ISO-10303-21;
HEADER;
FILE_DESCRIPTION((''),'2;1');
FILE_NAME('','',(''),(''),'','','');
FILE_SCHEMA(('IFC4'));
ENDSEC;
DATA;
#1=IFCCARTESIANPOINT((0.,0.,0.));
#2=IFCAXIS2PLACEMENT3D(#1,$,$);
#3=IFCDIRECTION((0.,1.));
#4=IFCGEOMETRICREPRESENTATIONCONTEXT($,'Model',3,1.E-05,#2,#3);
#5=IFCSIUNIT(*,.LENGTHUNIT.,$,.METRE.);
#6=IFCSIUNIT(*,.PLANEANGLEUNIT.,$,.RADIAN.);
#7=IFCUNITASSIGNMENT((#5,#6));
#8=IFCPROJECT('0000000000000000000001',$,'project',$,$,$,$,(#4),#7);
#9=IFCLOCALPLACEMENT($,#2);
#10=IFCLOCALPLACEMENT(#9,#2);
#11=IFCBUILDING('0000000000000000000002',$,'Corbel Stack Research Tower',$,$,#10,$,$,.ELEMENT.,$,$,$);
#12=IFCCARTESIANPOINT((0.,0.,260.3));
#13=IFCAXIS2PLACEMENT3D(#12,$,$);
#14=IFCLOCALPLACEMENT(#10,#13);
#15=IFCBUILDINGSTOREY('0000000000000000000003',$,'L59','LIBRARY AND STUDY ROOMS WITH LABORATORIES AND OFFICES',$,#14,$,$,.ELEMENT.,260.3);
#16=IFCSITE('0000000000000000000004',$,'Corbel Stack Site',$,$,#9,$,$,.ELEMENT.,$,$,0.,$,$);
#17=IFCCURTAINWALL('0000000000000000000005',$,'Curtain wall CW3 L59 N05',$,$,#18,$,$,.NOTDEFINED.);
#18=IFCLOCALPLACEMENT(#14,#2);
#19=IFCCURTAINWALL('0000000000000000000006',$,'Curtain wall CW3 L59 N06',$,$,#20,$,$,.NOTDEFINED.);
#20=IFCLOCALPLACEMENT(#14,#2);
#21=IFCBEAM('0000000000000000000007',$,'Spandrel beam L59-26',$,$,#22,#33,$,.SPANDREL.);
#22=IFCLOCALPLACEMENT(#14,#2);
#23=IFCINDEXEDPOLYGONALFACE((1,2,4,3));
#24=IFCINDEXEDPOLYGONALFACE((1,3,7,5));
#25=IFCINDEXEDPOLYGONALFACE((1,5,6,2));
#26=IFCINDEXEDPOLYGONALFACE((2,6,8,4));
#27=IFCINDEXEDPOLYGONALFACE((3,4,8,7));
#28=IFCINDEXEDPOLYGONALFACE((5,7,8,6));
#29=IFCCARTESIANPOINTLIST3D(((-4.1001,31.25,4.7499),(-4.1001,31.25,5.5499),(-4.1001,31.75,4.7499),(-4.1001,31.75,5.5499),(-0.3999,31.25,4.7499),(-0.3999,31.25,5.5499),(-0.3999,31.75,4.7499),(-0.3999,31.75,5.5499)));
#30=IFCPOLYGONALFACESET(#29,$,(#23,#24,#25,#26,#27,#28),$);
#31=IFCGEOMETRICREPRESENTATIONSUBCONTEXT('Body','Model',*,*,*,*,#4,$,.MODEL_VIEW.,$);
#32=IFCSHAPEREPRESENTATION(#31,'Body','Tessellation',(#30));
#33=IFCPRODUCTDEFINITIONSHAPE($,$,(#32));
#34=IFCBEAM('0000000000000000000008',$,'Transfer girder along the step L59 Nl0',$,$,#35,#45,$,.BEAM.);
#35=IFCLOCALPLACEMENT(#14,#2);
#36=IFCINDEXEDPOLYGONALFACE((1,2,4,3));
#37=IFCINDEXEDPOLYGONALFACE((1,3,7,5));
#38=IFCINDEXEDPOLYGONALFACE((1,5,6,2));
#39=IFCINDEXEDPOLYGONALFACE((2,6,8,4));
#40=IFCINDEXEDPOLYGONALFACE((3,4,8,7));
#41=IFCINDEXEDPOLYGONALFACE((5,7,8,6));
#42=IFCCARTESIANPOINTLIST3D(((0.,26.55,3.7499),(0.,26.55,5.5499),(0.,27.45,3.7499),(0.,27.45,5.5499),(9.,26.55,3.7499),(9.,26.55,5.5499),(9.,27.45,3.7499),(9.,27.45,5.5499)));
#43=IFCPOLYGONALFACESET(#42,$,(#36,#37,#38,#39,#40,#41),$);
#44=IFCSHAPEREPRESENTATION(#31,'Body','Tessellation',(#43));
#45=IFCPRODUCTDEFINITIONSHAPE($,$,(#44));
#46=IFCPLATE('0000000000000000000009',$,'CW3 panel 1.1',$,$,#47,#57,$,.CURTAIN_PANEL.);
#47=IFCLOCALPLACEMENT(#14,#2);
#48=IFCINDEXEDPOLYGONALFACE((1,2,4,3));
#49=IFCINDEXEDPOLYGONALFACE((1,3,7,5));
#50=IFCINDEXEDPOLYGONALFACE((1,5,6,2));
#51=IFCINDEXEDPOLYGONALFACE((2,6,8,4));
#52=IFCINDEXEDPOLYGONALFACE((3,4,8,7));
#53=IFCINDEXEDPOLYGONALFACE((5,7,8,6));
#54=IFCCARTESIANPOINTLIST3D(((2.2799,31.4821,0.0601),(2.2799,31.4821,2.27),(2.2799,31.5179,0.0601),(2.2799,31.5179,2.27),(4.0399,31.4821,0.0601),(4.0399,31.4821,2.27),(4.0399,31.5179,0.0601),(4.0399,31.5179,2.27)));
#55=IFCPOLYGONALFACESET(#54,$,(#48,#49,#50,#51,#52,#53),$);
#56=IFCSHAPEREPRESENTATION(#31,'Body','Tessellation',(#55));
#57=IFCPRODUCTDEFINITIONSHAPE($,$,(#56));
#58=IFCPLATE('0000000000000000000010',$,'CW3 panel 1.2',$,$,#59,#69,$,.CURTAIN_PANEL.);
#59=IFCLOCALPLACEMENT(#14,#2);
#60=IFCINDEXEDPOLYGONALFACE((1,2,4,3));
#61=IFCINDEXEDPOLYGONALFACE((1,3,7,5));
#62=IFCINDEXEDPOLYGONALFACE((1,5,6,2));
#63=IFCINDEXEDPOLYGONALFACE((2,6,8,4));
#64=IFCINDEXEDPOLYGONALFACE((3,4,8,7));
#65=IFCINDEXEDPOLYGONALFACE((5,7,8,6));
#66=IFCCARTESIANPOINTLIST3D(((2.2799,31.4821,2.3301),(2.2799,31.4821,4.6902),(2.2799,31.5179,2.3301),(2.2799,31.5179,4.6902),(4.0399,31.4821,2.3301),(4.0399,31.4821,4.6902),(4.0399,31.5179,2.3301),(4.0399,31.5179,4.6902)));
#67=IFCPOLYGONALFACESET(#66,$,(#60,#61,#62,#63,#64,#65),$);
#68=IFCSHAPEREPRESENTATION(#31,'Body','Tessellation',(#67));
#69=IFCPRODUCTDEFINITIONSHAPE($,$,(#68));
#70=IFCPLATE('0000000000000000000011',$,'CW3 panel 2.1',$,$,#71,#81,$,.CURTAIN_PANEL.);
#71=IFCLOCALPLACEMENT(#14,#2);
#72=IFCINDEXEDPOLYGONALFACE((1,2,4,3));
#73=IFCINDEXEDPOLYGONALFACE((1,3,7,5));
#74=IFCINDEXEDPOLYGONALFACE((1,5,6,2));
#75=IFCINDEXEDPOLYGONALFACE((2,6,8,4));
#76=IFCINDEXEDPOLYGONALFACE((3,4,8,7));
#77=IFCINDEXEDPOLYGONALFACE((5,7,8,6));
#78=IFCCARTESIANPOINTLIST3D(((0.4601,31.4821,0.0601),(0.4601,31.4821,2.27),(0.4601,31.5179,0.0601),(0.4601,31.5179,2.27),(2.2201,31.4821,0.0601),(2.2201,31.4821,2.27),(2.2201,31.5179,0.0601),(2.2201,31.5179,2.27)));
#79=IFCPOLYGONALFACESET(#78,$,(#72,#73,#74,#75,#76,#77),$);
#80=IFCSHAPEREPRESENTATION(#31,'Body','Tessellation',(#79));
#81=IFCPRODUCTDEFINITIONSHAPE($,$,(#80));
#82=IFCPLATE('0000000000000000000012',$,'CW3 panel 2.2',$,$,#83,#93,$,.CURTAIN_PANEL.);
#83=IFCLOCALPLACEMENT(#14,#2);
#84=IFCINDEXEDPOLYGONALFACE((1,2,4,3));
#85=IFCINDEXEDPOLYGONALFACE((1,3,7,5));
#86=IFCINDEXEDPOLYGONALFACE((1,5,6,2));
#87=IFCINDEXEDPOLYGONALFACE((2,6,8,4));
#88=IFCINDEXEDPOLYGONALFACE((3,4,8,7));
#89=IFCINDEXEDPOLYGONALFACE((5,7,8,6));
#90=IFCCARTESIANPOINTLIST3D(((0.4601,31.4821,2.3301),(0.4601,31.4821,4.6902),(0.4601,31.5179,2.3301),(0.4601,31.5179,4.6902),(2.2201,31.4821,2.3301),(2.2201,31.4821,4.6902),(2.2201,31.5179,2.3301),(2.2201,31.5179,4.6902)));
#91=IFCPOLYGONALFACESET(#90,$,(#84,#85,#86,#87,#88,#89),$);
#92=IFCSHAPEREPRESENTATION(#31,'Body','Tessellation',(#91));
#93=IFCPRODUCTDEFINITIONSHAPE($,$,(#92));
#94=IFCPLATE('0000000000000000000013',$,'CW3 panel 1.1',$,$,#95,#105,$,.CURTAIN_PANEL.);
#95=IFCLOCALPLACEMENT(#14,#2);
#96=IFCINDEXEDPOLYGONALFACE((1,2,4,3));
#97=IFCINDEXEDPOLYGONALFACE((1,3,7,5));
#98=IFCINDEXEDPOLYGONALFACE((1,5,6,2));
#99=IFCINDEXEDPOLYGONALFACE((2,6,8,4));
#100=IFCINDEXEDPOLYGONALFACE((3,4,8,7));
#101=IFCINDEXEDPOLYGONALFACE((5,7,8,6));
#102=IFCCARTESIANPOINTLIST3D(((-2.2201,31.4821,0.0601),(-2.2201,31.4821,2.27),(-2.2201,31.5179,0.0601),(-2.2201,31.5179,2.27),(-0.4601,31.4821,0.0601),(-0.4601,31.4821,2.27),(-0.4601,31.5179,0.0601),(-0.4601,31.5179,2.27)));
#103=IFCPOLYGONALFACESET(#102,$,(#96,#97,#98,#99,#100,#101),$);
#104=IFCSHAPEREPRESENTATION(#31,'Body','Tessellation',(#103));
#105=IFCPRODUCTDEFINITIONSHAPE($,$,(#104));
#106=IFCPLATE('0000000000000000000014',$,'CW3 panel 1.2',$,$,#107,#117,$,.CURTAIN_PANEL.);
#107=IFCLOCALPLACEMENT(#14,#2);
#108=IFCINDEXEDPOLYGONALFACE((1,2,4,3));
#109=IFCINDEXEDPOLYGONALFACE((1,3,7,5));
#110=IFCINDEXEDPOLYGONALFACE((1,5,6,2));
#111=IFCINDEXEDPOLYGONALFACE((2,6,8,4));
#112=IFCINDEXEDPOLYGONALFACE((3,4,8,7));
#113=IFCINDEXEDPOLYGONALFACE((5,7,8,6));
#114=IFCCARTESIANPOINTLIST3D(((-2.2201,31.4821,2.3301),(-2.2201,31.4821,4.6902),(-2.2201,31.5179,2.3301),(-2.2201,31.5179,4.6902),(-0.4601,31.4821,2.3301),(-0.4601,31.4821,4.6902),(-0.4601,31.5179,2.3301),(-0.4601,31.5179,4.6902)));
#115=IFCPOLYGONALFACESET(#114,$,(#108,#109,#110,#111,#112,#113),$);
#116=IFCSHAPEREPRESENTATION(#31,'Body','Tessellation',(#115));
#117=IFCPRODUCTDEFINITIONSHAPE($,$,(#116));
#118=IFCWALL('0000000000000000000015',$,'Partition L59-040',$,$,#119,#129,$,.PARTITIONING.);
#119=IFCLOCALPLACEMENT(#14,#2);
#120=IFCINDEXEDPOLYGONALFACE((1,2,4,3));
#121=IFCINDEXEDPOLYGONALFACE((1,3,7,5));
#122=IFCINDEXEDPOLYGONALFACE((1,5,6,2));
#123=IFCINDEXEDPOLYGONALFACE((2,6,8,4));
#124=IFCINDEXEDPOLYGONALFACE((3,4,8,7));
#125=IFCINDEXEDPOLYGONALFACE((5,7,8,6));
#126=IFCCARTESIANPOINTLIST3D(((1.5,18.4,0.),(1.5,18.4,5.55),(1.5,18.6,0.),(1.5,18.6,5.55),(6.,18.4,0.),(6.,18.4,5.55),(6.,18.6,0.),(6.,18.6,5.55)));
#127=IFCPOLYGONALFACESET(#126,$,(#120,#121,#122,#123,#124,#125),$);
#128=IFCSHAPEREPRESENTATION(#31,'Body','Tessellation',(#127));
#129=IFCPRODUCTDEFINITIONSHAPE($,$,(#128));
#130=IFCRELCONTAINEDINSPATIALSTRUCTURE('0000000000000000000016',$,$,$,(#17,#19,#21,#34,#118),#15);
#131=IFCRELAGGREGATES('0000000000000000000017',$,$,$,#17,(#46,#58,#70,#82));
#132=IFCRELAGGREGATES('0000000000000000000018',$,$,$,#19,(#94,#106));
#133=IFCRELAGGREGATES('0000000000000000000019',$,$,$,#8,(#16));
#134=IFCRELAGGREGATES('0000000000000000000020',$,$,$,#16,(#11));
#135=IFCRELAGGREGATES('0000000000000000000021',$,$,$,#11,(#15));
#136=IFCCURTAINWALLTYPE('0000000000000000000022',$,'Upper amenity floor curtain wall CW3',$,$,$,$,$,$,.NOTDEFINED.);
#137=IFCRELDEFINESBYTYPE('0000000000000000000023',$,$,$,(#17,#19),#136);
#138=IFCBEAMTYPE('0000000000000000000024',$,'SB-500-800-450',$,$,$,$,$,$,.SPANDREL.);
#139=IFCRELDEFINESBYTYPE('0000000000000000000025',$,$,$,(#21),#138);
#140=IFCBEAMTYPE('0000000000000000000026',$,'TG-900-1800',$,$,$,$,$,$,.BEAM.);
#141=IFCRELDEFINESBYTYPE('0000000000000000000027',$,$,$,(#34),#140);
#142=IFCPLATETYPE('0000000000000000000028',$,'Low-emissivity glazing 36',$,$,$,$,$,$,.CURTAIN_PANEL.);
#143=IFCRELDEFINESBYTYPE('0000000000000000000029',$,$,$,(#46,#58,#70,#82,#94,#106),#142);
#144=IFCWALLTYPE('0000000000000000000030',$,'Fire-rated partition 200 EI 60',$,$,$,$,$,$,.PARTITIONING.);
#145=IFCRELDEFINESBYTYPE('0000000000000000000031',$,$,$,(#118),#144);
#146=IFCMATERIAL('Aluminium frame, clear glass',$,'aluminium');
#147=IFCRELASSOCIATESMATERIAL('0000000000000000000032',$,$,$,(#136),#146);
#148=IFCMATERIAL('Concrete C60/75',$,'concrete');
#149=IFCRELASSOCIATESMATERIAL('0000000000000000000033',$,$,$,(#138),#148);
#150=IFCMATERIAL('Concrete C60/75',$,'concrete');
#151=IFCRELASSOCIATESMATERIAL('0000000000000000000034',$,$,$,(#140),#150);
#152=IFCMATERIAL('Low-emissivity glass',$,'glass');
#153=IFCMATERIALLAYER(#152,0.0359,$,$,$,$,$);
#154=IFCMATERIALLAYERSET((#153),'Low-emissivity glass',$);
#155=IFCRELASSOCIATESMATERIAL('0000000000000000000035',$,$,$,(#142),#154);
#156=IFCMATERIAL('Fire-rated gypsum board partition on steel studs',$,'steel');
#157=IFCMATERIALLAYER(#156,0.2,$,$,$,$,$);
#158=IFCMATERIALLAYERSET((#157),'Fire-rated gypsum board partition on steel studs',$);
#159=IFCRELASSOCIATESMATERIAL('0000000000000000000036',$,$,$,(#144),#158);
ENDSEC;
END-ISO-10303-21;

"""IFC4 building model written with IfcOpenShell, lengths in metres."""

from ifc_helpers import new_model, si_unit, direction, frame, frame_2d, origin, origin_2d, place, context, subcontext, project, spatial, rectangle, extrude, material, layer, layer_set, material_profile, profile_set, type_object, element, aggregate, save


model = new_model("IFC4")

# Units and contexts
model_context = context("Model", 3, precision=1e-05, world=origin(), true_north=direction((0.0, 1.0)))
body_context = subcontext(model_context, "Body", "Model", "MODEL_VIEW")
ifc_project = project(units=[si_unit("LENGTHUNIT", "METRE"), si_unit("PLANEANGLEUNIT", "RADIAN")], contexts=[model_context])

# Site, building, storey
site_placement = place(None, origin())
site = spatial("IfcSite", under=ifc_project, at=site_placement, Name="Corbel Stack Site", CompositionType="ELEMENT", RefElevation=0.0)
building_placement = place(site_placement, origin())
building = spatial("IfcBuilding", under=site, at=building_placement, Name="Corbel Stack Research Tower", CompositionType="ELEMENT")
storey_placement = place(building_placement, frame((0.0, 0.0, 260.3)))
storey = spatial("IfcBuildingStorey", under=building, at=storey_placement, Name="L59", Description="LIBRARY AND STUDY ROOMS WITH LABORATORIES AND OFFICES", CompositionType="ELEMENT", Elevation=260.3)

# Curtain walls
ifc_material_1 = material(Name="Aluminium frame, clear glass", Category="aluminium")
curtain_wall_type = type_object("IfcCurtainWallType", Name="Upper amenity floor curtain wall CW3", PredefinedType="NOTDEFINED", material=ifc_material_1)
curtain_wall_1_placement = place(storey_placement, origin())
curtain_wall_1 = element("IfcCurtainWall", 1, at=curtain_wall_1_placement, inside=storey, type_object=curtain_wall_type, Name="Curtain wall CW3 L59 N05", PredefinedType="NOTDEFINED")
curtain_wall_2_placement = place(storey_placement, origin())
curtain_wall_2 = element("IfcCurtainWall", 2, at=curtain_wall_2_placement, inside=storey, type_object=curtain_wall_type, Name="Curtain wall CW3 L59 N06", PredefinedType="NOTDEFINED")

# Beams
ifc_material_2 = material(Name="Concrete C60/75", Category="concrete")
ifc_material_profile_1 = material_profile(ifc_material_2, rectangle(XDim=0.5, YDim=0.8, at=origin_2d()), Name="RC 500 x 800")
ifc_profile_set_1 = profile_set([ifc_material_profile_1], Name="Concrete C60/75")
beam_type_1 = type_object("IfcBeamType", Name="SB-500-800-450", PredefinedType="SPANDREL", material=ifc_profile_set_1)
beam_1_placement = place(storey_placement, frame((-0.3999, 31.5, 5.1499), z_axis=(-1.0, 0.0, 0.0), x_axis=(0.0, -1.0, 0.0)))
element("IfcBeam", 3, at=beam_1_placement, inside=storey, type_object=beam_type_1, Name="Spandrel beam L59-26", PredefinedType="SPANDREL", context=body_context, shape_type="SweptSolid", body=[
    extrude(rectangle(XDim=0.5, YDim=0.8, at=origin_2d()), origin(), (0.0, 0.0, 1.0), 3.7002),
])
ifc_material_3 = material(Name="Concrete C60/75", Category="concrete")
ifc_material_profile_2 = material_profile(ifc_material_3, rectangle(XDim=0.8999, YDim=1.8, at=origin_2d()), Name="RC 900 x 1800")
ifc_profile_set_2 = profile_set([ifc_material_profile_2], Name="Concrete C60/75")
beam_type_2 = type_object("IfcBeamType", Name="TG-900-1800", PredefinedType="BEAM", material=ifc_profile_set_2)
beam_2_placement = place(storey_placement, frame((0.0, 27.0, 4.6499), z_axis=(1.0, 0.0, 0.0), x_axis=(0.0, 1.0, 0.0)))
element("IfcBeam", 4, at=beam_2_placement, inside=storey, type_object=beam_type_2, Name="Transfer girder along the step L59 Nl0", PredefinedType="BEAM", context=body_context, shape_type="SweptSolid", body=[
    extrude(rectangle(XDim=0.8999, YDim=1.8, at=origin_2d()), origin(), (0.0, 0.0, 1.0), 9.0),
])

# Plates
ifc_material_4 = material(Name="Low-emissivity glass", Category="glass")
ifc_layer_1 = layer(ifc_material_4, 0.0359)
ifc_layer_set_1 = layer_set([ifc_layer_1], Name="Low-emissivity glass")
plate_type = type_object("IfcPlateType", Name="Low-emissivity glazing 36", PredefinedType="CURTAIN_PANEL", material=ifc_layer_set_1)
plate_1_placement = place(storey_placement, frame((3.1599, 31.5, 0.0601), z_axis=(0.0, 0.0, 1.0), x_axis=(-1.0, 0.0, 0.0)))
plate_1 = element("IfcPlate", 5, at=plate_1_placement, type_object=plate_type, Name="CW3 panel 1.1", PredefinedType="CURTAIN_PANEL", context=body_context, shape_type="SweptSolid", body=[
    extrude(rectangle(XDim=1.76, YDim=0.0359, at=origin_2d()), origin(), (0.0, 0.0, 1.0), 2.21),
])
plate_2_placement = place(storey_placement, frame((3.1599, 31.5, 2.3301), z_axis=(0.0, 0.0, 1.0), x_axis=(-1.0, 0.0, 0.0)))
plate_2 = element("IfcPlate", 6, at=plate_2_placement, type_object=plate_type, Name="CW3 panel 1.2", PredefinedType="CURTAIN_PANEL", context=body_context, shape_type="SweptSolid", body=[
    extrude(rectangle(XDim=1.76, YDim=0.0359, at=origin_2d()), origin(), (0.0, 0.0, 1.0), 2.3601),
])
plate_3_placement = place(storey_placement, frame((1.3401, 31.5, 0.0601), z_axis=(0.0, 0.0, 1.0), x_axis=(-1.0, 0.0, 0.0)))
plate_3 = element("IfcPlate", 7, at=plate_3_placement, type_object=plate_type, Name="CW3 panel 2.1", PredefinedType="CURTAIN_PANEL", context=body_context, shape_type="SweptSolid", body=[
    extrude(rectangle(XDim=1.76, YDim=0.0359, at=origin_2d()), origin(), (0.0, 0.0, 1.0), 2.21),
])
plate_4_placement = place(storey_placement, frame((1.3401, 31.5, 2.3301), z_axis=(0.0, 0.0, 1.0), x_axis=(-1.0, 0.0, 0.0)))
plate_4 = element("IfcPlate", 8, at=plate_4_placement, type_object=plate_type, Name="CW3 panel 2.2", PredefinedType="CURTAIN_PANEL", context=body_context, shape_type="SweptSolid", body=[
    extrude(rectangle(XDim=1.76, YDim=0.0359, at=origin_2d()), origin(), (0.0, 0.0, 1.0), 2.3601),
])
aggregate(curtain_wall_1, [plate_1, plate_2, plate_3, plate_4])
plate_5_placement = place(storey_placement, frame((-1.3401, 31.5, 0.0601), z_axis=(0.0, 0.0, 1.0), x_axis=(-1.0, 0.0, 0.0)))
plate_5 = element("IfcPlate", 9, at=plate_5_placement, type_object=plate_type, Name="CW3 panel 1.1", PredefinedType="CURTAIN_PANEL", context=body_context, shape_type="SweptSolid", body=[
    extrude(rectangle(XDim=1.76, YDim=0.0359, at=origin_2d()), origin(), (0.0, 0.0, 1.0), 2.21),
])
plate_6_placement = place(storey_placement, frame((-1.3401, 31.5, 2.3301), z_axis=(0.0, 0.0, 1.0), x_axis=(-1.0, 0.0, 0.0)))
plate_6 = element("IfcPlate", 10, at=plate_6_placement, type_object=plate_type, Name="CW3 panel 1.2", PredefinedType="CURTAIN_PANEL", context=body_context, shape_type="SweptSolid", body=[
    extrude(rectangle(XDim=1.76, YDim=0.0359, at=origin_2d()), origin(), (0.0, 0.0, 1.0), 2.3601),
])
aggregate(curtain_wall_2, [plate_5, plate_6])

# Wall
ifc_material_5 = material(Name="Fire-rated gypsum board partition on steel studs", Category="steel")
ifc_layer_2 = layer(ifc_material_5, 0.2)
ifc_layer_set_2 = layer_set([ifc_layer_2], Name="Fire-rated gypsum board partition on steel studs")
wall_type = type_object("IfcWallType", Name="Fire-rated partition 200 EI 60", PredefinedType="PARTITIONING", material=ifc_layer_set_2)
wall_placement = place(storey_placement, frame((1.5, 18.5, 0.0), z_axis=(0.0, 0.0, 1.0), x_axis=(1.0, 0.0, 0.0)))
element("IfcWall", 11, at=wall_placement, inside=storey, type_object=wall_type, Name="Partition L59-040", PredefinedType="PARTITIONING", context=body_context, shape_type="SweptSolid", body=[
    extrude(rectangle(XDim=4.5, YDim=0.2, at=frame_2d((2.25, 0.0))), origin(), (0.0, 0.0, 1.0), 5.55),
])

save(model, "model.ifc")
